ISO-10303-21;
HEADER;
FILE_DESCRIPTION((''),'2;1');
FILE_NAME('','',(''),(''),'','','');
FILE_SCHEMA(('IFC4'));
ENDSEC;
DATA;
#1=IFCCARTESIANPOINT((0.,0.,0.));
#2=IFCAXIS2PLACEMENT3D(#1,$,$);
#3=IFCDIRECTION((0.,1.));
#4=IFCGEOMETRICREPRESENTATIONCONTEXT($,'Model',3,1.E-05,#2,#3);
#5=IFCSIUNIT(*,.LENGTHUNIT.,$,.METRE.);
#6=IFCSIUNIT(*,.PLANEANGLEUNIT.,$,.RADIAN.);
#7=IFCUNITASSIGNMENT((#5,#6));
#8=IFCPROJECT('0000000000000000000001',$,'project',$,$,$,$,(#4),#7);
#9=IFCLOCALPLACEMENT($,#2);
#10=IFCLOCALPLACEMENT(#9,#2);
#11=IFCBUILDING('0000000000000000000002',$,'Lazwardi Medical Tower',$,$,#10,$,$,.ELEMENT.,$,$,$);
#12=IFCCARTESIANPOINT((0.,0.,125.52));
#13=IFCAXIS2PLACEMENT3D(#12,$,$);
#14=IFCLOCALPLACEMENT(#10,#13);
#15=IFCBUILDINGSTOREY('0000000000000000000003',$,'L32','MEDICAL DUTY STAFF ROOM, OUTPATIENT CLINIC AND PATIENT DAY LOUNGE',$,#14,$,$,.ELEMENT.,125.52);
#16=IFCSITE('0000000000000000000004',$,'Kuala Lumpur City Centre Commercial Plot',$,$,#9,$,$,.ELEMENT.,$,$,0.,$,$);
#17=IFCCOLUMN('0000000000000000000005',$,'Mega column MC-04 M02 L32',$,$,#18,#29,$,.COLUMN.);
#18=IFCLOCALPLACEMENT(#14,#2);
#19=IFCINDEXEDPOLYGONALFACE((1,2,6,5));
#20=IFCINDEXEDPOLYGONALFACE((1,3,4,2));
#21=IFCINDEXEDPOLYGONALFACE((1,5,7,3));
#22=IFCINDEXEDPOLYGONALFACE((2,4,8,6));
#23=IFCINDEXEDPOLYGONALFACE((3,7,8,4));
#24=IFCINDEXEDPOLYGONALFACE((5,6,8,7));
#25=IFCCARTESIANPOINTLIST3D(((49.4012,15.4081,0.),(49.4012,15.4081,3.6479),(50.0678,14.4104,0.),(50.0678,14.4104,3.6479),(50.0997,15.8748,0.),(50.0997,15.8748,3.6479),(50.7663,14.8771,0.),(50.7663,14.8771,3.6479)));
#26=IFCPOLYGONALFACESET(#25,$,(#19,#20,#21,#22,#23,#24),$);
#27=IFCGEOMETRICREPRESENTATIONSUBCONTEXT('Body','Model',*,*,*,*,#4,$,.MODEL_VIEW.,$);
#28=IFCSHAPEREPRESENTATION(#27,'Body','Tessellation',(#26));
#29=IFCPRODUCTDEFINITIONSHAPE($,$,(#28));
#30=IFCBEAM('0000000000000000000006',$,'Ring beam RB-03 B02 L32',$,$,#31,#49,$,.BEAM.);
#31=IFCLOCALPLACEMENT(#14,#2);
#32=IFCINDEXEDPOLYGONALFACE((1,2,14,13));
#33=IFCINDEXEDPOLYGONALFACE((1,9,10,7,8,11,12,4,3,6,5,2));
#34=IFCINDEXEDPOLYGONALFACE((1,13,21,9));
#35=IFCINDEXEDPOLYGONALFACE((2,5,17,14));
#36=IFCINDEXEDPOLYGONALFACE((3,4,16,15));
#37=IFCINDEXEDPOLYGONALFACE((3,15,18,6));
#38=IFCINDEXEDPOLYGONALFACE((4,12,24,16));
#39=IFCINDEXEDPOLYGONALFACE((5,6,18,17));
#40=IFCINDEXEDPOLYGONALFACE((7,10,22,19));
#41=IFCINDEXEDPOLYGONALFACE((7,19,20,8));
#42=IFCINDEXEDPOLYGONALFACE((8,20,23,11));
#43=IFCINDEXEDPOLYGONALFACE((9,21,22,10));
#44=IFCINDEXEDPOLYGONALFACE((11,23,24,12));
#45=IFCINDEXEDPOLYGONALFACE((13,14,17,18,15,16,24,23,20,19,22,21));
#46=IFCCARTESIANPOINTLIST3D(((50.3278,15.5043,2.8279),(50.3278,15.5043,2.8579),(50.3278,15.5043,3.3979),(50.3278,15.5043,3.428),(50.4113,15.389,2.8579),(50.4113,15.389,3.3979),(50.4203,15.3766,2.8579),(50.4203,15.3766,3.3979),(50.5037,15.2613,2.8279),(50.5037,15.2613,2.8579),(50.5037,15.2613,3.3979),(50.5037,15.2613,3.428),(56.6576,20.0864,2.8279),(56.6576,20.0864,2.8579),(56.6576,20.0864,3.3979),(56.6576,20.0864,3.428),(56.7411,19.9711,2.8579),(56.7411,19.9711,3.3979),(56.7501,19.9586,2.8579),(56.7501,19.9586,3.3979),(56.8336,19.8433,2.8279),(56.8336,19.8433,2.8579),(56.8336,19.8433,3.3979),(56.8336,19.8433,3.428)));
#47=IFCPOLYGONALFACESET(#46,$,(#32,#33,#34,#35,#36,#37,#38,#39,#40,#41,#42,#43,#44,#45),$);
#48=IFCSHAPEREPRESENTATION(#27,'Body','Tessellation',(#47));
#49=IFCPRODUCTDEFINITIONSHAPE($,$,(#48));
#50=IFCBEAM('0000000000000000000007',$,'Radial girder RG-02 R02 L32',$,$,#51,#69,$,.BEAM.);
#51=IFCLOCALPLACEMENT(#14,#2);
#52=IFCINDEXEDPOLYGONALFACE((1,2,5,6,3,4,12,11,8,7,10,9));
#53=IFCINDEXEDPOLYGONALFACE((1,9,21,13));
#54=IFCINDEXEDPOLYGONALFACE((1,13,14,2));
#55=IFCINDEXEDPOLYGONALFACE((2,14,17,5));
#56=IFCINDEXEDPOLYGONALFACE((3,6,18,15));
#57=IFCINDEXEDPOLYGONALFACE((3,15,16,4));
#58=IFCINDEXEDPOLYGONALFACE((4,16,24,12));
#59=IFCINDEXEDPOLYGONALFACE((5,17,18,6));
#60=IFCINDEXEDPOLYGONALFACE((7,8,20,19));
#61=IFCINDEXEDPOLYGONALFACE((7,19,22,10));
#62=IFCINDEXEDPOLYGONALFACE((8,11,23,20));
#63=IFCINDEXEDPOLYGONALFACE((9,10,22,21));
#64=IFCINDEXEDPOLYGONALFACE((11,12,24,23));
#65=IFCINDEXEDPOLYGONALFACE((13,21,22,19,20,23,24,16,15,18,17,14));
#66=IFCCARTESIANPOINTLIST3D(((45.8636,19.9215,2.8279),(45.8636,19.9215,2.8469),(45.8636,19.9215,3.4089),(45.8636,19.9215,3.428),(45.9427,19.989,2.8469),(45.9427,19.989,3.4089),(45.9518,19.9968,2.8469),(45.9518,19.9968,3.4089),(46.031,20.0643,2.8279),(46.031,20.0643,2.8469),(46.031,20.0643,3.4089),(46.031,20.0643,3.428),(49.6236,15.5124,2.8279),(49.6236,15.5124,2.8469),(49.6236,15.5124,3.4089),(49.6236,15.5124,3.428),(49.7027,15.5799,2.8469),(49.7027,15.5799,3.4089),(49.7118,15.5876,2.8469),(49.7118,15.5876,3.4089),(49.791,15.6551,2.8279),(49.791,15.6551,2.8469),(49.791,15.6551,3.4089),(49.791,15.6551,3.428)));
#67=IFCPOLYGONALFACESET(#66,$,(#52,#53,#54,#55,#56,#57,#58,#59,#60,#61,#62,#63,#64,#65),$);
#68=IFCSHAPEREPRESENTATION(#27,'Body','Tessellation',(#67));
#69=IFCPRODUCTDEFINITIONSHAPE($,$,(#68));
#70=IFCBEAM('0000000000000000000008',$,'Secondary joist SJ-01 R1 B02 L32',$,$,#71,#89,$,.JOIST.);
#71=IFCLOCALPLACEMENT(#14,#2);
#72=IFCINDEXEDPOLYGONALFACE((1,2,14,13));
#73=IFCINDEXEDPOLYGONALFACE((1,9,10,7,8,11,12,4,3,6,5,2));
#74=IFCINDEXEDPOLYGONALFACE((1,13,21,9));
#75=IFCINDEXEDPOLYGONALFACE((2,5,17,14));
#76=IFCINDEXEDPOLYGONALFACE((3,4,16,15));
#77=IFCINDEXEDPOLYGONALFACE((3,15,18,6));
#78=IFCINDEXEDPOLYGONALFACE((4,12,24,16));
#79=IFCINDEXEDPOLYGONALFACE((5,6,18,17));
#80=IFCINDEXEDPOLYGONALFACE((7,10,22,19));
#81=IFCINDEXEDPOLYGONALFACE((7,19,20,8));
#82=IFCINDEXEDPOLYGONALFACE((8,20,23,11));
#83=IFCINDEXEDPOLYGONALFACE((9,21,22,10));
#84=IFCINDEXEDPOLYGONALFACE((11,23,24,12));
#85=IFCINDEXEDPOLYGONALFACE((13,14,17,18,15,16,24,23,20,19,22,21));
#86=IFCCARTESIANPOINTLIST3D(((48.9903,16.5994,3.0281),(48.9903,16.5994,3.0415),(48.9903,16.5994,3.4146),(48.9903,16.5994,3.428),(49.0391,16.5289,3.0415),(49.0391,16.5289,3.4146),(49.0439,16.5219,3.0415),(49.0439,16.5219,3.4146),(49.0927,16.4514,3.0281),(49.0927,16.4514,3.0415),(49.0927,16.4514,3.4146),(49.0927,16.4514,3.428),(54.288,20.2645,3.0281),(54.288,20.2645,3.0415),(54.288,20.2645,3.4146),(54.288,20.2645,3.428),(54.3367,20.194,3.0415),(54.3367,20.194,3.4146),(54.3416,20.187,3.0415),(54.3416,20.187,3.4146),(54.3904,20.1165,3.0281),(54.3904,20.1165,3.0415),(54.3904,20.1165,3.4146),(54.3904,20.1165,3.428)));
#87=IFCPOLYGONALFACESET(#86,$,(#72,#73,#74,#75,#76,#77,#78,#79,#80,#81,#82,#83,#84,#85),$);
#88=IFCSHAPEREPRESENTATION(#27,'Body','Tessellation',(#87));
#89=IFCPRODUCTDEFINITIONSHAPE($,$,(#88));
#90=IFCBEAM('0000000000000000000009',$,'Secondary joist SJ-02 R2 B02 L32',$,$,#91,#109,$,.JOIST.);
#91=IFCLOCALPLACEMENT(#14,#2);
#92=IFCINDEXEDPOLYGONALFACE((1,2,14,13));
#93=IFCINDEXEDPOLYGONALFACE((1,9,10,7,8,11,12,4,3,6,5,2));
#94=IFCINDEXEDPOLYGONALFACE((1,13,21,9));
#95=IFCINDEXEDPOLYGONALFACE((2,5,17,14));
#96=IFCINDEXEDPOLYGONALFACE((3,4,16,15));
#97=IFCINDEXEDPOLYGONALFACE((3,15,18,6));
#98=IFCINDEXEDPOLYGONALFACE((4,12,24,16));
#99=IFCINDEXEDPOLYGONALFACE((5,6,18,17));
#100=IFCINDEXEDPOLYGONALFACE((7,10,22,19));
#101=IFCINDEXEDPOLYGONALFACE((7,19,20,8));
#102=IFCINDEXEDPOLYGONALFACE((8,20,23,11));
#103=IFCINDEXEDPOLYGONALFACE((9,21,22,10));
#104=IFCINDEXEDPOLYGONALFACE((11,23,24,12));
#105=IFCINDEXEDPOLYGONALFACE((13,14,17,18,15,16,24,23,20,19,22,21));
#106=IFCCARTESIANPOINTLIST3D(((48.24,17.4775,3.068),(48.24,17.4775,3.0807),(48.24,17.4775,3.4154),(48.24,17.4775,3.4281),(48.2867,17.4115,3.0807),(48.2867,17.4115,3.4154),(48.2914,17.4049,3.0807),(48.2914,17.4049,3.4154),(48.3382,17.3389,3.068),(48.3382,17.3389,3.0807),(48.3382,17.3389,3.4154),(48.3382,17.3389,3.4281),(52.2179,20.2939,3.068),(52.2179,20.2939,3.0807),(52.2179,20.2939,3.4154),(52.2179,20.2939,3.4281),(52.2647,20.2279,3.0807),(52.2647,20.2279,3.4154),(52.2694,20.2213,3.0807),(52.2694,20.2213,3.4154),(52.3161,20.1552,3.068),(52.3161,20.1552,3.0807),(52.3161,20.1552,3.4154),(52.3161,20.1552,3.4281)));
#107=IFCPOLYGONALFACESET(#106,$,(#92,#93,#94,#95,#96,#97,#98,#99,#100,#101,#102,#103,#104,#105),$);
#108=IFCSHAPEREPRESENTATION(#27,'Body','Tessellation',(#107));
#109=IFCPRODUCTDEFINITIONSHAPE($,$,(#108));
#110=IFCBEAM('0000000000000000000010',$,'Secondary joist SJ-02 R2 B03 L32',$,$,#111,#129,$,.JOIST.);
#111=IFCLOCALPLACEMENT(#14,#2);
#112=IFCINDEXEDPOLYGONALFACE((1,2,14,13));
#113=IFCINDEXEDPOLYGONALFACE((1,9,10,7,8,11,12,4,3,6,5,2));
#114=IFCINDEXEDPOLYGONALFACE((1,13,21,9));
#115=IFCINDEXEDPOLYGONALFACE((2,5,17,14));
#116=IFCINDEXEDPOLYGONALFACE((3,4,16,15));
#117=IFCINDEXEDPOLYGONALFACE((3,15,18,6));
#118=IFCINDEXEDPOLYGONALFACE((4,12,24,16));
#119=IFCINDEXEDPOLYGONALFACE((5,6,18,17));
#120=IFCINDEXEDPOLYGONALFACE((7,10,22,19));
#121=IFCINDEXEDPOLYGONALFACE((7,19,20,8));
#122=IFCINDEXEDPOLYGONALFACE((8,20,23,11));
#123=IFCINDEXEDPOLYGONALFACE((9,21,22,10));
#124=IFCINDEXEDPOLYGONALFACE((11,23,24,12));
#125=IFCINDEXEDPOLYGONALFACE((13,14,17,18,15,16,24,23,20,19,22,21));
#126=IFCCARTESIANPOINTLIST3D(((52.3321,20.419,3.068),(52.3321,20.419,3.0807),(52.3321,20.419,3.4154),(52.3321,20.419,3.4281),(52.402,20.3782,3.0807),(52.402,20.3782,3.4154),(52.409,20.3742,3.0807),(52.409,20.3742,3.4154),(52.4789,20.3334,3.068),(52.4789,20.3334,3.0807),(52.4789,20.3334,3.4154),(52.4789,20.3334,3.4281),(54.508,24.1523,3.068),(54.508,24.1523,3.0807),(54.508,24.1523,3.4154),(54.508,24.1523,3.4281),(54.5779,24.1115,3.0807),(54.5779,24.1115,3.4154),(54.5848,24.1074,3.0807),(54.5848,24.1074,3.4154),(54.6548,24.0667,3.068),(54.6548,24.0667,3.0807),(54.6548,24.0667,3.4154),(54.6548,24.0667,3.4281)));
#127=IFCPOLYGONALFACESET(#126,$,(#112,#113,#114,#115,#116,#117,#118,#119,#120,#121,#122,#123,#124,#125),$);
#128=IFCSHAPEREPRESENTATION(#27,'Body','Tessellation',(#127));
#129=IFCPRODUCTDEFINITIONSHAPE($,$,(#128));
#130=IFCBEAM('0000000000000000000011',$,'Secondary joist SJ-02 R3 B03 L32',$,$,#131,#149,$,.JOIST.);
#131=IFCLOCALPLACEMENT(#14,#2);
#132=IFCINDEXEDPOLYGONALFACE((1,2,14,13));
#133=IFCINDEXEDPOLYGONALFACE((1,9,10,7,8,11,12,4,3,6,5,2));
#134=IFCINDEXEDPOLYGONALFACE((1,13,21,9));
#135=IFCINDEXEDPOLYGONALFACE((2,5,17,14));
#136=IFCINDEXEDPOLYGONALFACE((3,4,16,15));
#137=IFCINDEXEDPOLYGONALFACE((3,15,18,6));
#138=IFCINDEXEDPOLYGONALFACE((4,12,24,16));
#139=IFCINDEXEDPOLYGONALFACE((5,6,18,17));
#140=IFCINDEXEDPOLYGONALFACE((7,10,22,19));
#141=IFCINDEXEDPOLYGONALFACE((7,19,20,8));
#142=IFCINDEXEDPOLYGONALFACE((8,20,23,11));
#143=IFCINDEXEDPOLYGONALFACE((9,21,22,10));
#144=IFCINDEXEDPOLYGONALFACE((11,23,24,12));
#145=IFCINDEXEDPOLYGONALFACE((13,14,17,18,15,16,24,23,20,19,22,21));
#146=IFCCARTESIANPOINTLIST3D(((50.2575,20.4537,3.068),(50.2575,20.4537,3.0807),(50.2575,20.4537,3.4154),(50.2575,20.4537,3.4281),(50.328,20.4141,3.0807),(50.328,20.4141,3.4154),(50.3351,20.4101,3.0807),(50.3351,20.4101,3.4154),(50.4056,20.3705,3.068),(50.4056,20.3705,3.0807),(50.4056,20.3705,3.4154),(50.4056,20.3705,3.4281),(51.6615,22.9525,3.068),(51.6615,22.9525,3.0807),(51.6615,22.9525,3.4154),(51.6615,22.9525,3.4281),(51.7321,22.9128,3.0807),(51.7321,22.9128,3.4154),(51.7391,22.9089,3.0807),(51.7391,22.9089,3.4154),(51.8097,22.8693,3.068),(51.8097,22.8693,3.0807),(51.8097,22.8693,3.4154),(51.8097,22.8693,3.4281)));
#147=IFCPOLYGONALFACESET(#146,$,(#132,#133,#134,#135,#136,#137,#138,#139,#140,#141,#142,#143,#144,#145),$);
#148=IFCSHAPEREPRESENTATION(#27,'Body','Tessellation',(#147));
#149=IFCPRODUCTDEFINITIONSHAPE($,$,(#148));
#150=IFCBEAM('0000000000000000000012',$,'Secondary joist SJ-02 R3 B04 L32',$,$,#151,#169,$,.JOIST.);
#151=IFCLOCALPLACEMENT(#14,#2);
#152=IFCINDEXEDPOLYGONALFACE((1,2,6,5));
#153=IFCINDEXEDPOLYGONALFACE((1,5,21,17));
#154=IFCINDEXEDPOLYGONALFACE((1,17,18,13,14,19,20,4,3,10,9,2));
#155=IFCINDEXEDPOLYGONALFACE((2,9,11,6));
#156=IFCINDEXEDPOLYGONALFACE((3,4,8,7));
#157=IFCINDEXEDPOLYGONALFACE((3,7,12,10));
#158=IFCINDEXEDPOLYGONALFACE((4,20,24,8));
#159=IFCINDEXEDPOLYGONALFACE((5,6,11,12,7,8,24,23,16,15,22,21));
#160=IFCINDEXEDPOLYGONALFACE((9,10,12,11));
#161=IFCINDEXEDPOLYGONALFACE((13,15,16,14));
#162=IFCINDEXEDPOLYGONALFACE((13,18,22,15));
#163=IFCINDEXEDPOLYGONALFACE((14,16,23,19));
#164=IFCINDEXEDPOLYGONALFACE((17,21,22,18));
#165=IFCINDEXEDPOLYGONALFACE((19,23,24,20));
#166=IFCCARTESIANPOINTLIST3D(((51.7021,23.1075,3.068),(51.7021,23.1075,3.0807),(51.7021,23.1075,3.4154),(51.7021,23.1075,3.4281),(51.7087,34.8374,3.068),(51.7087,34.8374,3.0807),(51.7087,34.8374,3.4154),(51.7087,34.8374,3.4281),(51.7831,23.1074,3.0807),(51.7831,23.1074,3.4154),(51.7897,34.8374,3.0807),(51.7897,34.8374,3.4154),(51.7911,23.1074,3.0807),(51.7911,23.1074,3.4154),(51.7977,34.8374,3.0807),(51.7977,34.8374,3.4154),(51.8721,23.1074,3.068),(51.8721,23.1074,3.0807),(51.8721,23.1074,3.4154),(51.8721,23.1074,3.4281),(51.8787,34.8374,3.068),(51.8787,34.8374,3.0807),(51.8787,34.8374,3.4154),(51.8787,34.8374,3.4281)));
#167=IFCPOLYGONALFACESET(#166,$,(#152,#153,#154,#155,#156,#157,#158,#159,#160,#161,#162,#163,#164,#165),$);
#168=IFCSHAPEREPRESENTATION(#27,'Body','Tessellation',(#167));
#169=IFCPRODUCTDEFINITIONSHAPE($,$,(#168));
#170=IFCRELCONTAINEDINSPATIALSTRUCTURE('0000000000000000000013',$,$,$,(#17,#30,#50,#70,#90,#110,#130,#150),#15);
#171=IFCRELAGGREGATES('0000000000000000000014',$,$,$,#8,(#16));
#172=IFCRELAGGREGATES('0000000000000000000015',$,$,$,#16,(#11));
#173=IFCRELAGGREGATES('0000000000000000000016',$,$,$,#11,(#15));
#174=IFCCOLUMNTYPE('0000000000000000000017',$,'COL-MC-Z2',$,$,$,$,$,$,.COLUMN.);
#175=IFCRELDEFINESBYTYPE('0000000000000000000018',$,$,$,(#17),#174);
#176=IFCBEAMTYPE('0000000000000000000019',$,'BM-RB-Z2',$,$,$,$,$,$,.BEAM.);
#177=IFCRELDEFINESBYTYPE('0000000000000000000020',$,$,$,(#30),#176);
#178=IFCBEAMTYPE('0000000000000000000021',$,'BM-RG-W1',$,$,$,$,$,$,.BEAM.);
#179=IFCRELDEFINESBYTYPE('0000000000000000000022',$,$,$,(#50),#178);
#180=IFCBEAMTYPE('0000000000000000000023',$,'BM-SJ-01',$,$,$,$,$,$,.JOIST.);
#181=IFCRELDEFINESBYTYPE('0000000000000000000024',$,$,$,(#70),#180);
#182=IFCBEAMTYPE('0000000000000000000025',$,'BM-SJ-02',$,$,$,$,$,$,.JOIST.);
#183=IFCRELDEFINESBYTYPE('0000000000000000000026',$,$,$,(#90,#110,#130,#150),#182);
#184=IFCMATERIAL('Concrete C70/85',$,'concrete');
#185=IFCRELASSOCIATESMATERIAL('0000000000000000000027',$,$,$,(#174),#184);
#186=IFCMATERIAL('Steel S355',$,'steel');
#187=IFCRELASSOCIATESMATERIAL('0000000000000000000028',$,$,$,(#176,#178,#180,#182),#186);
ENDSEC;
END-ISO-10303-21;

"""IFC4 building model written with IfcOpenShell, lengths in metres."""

from ifc_helpers import new_model, si_unit, direction, frame, origin, origin_2d, place, context, subcontext, project, spatial, rectangle, i_section, extrude, material, material_profile, profile_set, type_object, element, save


model = new_model("IFC4")

# Units and contexts
model_context = context("Model", 3, precision=1e-05, world=origin(), true_north=direction((0.0, 1.0)))
body_context = subcontext(model_context, "Body", "Model", "MODEL_VIEW")
ifc_project = project(units=[si_unit("LENGTHUNIT", "METRE"), si_unit("PLANEANGLEUNIT", "RADIAN")], contexts=[model_context])

# Site, building, storey
site_placement = place(None, origin())
site = spatial("IfcSite", under=ifc_project, at=site_placement, Name="Kuala Lumpur City Centre Commercial Plot", CompositionType="ELEMENT", RefElevation=0.0)
building_placement = place(site_placement, origin())
building = spatial("IfcBuilding", under=site, at=building_placement, Name="Lazwardi Medical Tower", CompositionType="ELEMENT")
storey_placement = place(building_placement, frame((0.0, 0.0, 125.52)))
storey = spatial("IfcBuildingStorey", under=building, at=storey_placement, Name="L32", Description="MEDICAL DUTY STAFF ROOM, OUTPATIENT CLINIC AND PATIENT DAY LOUNGE", CompositionType="ELEMENT", Elevation=125.52)

# Column
ifc_material_1 = material(Name="Concrete C70/85", Category="concrete")
ifc_material_profile_1 = material_profile(ifc_material_1, rectangle(XDim=1.2, YDim=0.8401, at=origin_2d()), Name="CFT-RECT 1200x840")
ifc_profile_set_1 = profile_set([ifc_material_profile_1], Name="Concrete C70/85")
column_type = type_object("IfcColumnType", Name="COL-MC-Z2", PredefinedType="COLUMN", material=ifc_profile_set_1)
column_placement = place(storey_placement, frame((50.0837, 15.1426, 0.0), z_axis=(0.0, 0.0, 1.0), x_axis=(0.55557, -0.83147, 0.0)))
element("IfcColumn", 1, at=column_placement, inside=storey, type_object=column_type, Name="Mega column MC-04 M02 L32", PredefinedType="COLUMN", context=body_context, shape_type="SweptSolid", body=[
    extrude(rectangle(XDim=1.2, YDim=0.8401, at=origin_2d()), origin(), (0.0, 0.0, 1.0), 3.6479),
])

# Beams
ifc_material_2 = material(Name="Steel S355", Category="steel")
ifc_material_profile_2 = material_profile(ifc_material_2, i_section(OverallWidth=0.3, OverallDepth=0.6001, WebThickness=0.0154, FlangeThickness=0.03, at=origin_2d()), Name="HEB 600")
ifc_profile_set_2 = profile_set([ifc_material_profile_2], Name="Steel S355")
beam_type_1 = type_object("IfcBeamType", Name="BM-RB-Z2", PredefinedType="BEAM", material=ifc_profile_set_2)
beam_1_placement = place(storey_placement, frame((50.4158, 15.3828, 3.1279), z_axis=(0.810042, 0.586372, 0.0), x_axis=(-0.586372, 0.810042, 0.0)))
element("IfcBeam", 2, at=beam_1_placement, inside=storey, type_object=beam_type_1, Name="Ring beam RB-03 B02 L32", PredefinedType="BEAM", context=body_context, shape_type="SweptSolid", body=[
    extrude(i_section(OverallWidth=0.3, OverallDepth=0.6001, WebThickness=0.0154, FlangeThickness=0.03, at=origin_2d()), origin(), (0.0, 0.0, 1.0), 7.8142),
])
ifc_material_profile_3 = material_profile(ifc_material_2, i_section(OverallWidth=0.22, OverallDepth=0.6001, WebThickness=0.012, FlangeThickness=0.019, at=origin_2d()), Name="IPE 600")
ifc_profile_set_3 = profile_set([ifc_material_profile_3], Name="Steel S355")
beam_type_2 = type_object("IfcBeamType", Name="BM-RG-W1", PredefinedType="BEAM", material=ifc_profile_set_3)
beam_2_placement = place(storey_placement, frame((49.7073, 15.5837, 3.1279), z_axis=(-0.648871, 0.760899, 0.0), x_axis=(-0.760899, -0.648871, 0.0)))
element("IfcBeam", 3, at=beam_2_placement, inside=storey, type_object=beam_type_2, Name="Radial girder RG-02 R02 L32", PredefinedType="BEAM", context=body_context, shape_type="SweptSolid", body=[
    extrude(i_section(OverallWidth=0.22, OverallDepth=0.6001, WebThickness=0.012, FlangeThickness=0.019, at=origin_2d()), origin(), (0.0, 0.0, 1.0), 5.7947),
])
ifc_material_profile_4 = material_profile(ifc_material_2, i_section(OverallWidth=0.1799, OverallDepth=0.3999, WebThickness=0.0085, FlangeThickness=0.0134, at=origin_2d()), Name="IPE 400")
ifc_profile_set_4 = profile_set([ifc_material_profile_4], Name="Steel S355")
beam_type_3 = type_object("IfcBeamType", Name="BM-SJ-01", PredefinedType="JOIST", material=ifc_profile_set_4)
beam_3_placement = place(storey_placement, frame((49.0415, 16.5254, 3.228), z_axis=(0.822376, 0.568944, 0.0), x_axis=(-0.568944, 0.822376, 0.0)))
element("IfcBeam", 4, at=beam_3_placement, inside=storey, type_object=beam_type_3, Name="Secondary joist SJ-01 R1 B02 L32", PredefinedType="JOIST", context=body_context, shape_type="SweptSolid", body=[
    extrude(i_section(OverallWidth=0.1799, OverallDepth=0.3999, WebThickness=0.0085, FlangeThickness=0.0134, at=origin_2d()), origin(), (0.0, 0.0, 1.0), 6.4419),
])
ifc_material_profile_5 = material_profile(ifc_material_2, i_section(OverallWidth=0.1699, OverallDepth=0.3601, WebThickness=0.0081, FlangeThickness=0.0127, at=origin_2d()), Name="IPE 360")
ifc_profile_set_5 = profile_set([ifc_material_profile_5], Name="Steel S355")
beam_type_4 = type_object("IfcBeamType", Name="BM-SJ-02", PredefinedType="JOIST", material=ifc_profile_set_5)
beam_4_placement = place(storey_placement, frame((48.2891, 17.4082, 3.248), z_axis=(0.816156, 0.577831, 0.0), x_axis=(-0.577831, 0.816156, 0.0)))
element("IfcBeam", 5, at=beam_4_placement, inside=storey, type_object=beam_type_4, Name="Secondary joist SJ-02 R2 B02 L32", PredefinedType="JOIST", context=body_context, shape_type="SweptSolid", body=[
    extrude(i_section(OverallWidth=0.1699, OverallDepth=0.3601, WebThickness=0.0081, FlangeThickness=0.0127, at=origin_2d()), origin(), (0.0, 0.0, 1.0), 4.874),
])
beam_5_placement = place(storey_placement, frame((52.4055, 20.3762, 3.248), z_axis=(0.503544, 0.863969, 0.0), x_axis=(-0.863969, 0.503544, 0.0)))
element("IfcBeam", 6, at=beam_5_placement, inside=storey, type_object=beam_type_4, Name="Secondary joist SJ-02 R2 B03 L32", PredefinedType="JOIST", context=body_context, shape_type="SweptSolid", body=[
    extrude(i_section(OverallWidth=0.1699, OverallDepth=0.3601, WebThickness=0.0081, FlangeThickness=0.0127, at=origin_2d()), origin(), (0.0, 0.0, 1.0), 4.321),
])
beam_6_placement = place(storey_placement, frame((50.3315, 20.4121, 3.248), z_axis=(0.489861, 0.871801, 0.0), x_axis=(-0.871801, 0.489861, 0.0)))
element("IfcBeam", 7, at=beam_6_placement, inside=storey, type_object=beam_type_4, Name="Secondary joist SJ-02 R3 B03 L32", PredefinedType="JOIST", context=body_context, shape_type="SweptSolid", body=[
    extrude(i_section(OverallWidth=0.1699, OverallDepth=0.3601, WebThickness=0.0081, FlangeThickness=0.0127, at=origin_2d()), origin(), (0.0, 0.0, 1.0), 2.8662),
])
beam_7_placement = place(storey_placement, frame((51.7871, 23.1074, 3.248), z_axis=(0.000562, 1.0, 0.0), x_axis=(-1.0, 0.000562, 0.0)))
element("IfcBeam", 8, at=beam_7_placement, inside=storey, type_object=beam_type_4, Name="Secondary joist SJ-02 R3 B04 L32", PredefinedType="JOIST", context=body_context, shape_type="SweptSolid", body=[
    extrude(i_section(OverallWidth=0.1699, OverallDepth=0.3601, WebThickness=0.0081, FlangeThickness=0.0127, at=origin_2d()), origin(), (0.0, 0.0, 1.0), 11.73),
])

save(model, "model.ifc")
